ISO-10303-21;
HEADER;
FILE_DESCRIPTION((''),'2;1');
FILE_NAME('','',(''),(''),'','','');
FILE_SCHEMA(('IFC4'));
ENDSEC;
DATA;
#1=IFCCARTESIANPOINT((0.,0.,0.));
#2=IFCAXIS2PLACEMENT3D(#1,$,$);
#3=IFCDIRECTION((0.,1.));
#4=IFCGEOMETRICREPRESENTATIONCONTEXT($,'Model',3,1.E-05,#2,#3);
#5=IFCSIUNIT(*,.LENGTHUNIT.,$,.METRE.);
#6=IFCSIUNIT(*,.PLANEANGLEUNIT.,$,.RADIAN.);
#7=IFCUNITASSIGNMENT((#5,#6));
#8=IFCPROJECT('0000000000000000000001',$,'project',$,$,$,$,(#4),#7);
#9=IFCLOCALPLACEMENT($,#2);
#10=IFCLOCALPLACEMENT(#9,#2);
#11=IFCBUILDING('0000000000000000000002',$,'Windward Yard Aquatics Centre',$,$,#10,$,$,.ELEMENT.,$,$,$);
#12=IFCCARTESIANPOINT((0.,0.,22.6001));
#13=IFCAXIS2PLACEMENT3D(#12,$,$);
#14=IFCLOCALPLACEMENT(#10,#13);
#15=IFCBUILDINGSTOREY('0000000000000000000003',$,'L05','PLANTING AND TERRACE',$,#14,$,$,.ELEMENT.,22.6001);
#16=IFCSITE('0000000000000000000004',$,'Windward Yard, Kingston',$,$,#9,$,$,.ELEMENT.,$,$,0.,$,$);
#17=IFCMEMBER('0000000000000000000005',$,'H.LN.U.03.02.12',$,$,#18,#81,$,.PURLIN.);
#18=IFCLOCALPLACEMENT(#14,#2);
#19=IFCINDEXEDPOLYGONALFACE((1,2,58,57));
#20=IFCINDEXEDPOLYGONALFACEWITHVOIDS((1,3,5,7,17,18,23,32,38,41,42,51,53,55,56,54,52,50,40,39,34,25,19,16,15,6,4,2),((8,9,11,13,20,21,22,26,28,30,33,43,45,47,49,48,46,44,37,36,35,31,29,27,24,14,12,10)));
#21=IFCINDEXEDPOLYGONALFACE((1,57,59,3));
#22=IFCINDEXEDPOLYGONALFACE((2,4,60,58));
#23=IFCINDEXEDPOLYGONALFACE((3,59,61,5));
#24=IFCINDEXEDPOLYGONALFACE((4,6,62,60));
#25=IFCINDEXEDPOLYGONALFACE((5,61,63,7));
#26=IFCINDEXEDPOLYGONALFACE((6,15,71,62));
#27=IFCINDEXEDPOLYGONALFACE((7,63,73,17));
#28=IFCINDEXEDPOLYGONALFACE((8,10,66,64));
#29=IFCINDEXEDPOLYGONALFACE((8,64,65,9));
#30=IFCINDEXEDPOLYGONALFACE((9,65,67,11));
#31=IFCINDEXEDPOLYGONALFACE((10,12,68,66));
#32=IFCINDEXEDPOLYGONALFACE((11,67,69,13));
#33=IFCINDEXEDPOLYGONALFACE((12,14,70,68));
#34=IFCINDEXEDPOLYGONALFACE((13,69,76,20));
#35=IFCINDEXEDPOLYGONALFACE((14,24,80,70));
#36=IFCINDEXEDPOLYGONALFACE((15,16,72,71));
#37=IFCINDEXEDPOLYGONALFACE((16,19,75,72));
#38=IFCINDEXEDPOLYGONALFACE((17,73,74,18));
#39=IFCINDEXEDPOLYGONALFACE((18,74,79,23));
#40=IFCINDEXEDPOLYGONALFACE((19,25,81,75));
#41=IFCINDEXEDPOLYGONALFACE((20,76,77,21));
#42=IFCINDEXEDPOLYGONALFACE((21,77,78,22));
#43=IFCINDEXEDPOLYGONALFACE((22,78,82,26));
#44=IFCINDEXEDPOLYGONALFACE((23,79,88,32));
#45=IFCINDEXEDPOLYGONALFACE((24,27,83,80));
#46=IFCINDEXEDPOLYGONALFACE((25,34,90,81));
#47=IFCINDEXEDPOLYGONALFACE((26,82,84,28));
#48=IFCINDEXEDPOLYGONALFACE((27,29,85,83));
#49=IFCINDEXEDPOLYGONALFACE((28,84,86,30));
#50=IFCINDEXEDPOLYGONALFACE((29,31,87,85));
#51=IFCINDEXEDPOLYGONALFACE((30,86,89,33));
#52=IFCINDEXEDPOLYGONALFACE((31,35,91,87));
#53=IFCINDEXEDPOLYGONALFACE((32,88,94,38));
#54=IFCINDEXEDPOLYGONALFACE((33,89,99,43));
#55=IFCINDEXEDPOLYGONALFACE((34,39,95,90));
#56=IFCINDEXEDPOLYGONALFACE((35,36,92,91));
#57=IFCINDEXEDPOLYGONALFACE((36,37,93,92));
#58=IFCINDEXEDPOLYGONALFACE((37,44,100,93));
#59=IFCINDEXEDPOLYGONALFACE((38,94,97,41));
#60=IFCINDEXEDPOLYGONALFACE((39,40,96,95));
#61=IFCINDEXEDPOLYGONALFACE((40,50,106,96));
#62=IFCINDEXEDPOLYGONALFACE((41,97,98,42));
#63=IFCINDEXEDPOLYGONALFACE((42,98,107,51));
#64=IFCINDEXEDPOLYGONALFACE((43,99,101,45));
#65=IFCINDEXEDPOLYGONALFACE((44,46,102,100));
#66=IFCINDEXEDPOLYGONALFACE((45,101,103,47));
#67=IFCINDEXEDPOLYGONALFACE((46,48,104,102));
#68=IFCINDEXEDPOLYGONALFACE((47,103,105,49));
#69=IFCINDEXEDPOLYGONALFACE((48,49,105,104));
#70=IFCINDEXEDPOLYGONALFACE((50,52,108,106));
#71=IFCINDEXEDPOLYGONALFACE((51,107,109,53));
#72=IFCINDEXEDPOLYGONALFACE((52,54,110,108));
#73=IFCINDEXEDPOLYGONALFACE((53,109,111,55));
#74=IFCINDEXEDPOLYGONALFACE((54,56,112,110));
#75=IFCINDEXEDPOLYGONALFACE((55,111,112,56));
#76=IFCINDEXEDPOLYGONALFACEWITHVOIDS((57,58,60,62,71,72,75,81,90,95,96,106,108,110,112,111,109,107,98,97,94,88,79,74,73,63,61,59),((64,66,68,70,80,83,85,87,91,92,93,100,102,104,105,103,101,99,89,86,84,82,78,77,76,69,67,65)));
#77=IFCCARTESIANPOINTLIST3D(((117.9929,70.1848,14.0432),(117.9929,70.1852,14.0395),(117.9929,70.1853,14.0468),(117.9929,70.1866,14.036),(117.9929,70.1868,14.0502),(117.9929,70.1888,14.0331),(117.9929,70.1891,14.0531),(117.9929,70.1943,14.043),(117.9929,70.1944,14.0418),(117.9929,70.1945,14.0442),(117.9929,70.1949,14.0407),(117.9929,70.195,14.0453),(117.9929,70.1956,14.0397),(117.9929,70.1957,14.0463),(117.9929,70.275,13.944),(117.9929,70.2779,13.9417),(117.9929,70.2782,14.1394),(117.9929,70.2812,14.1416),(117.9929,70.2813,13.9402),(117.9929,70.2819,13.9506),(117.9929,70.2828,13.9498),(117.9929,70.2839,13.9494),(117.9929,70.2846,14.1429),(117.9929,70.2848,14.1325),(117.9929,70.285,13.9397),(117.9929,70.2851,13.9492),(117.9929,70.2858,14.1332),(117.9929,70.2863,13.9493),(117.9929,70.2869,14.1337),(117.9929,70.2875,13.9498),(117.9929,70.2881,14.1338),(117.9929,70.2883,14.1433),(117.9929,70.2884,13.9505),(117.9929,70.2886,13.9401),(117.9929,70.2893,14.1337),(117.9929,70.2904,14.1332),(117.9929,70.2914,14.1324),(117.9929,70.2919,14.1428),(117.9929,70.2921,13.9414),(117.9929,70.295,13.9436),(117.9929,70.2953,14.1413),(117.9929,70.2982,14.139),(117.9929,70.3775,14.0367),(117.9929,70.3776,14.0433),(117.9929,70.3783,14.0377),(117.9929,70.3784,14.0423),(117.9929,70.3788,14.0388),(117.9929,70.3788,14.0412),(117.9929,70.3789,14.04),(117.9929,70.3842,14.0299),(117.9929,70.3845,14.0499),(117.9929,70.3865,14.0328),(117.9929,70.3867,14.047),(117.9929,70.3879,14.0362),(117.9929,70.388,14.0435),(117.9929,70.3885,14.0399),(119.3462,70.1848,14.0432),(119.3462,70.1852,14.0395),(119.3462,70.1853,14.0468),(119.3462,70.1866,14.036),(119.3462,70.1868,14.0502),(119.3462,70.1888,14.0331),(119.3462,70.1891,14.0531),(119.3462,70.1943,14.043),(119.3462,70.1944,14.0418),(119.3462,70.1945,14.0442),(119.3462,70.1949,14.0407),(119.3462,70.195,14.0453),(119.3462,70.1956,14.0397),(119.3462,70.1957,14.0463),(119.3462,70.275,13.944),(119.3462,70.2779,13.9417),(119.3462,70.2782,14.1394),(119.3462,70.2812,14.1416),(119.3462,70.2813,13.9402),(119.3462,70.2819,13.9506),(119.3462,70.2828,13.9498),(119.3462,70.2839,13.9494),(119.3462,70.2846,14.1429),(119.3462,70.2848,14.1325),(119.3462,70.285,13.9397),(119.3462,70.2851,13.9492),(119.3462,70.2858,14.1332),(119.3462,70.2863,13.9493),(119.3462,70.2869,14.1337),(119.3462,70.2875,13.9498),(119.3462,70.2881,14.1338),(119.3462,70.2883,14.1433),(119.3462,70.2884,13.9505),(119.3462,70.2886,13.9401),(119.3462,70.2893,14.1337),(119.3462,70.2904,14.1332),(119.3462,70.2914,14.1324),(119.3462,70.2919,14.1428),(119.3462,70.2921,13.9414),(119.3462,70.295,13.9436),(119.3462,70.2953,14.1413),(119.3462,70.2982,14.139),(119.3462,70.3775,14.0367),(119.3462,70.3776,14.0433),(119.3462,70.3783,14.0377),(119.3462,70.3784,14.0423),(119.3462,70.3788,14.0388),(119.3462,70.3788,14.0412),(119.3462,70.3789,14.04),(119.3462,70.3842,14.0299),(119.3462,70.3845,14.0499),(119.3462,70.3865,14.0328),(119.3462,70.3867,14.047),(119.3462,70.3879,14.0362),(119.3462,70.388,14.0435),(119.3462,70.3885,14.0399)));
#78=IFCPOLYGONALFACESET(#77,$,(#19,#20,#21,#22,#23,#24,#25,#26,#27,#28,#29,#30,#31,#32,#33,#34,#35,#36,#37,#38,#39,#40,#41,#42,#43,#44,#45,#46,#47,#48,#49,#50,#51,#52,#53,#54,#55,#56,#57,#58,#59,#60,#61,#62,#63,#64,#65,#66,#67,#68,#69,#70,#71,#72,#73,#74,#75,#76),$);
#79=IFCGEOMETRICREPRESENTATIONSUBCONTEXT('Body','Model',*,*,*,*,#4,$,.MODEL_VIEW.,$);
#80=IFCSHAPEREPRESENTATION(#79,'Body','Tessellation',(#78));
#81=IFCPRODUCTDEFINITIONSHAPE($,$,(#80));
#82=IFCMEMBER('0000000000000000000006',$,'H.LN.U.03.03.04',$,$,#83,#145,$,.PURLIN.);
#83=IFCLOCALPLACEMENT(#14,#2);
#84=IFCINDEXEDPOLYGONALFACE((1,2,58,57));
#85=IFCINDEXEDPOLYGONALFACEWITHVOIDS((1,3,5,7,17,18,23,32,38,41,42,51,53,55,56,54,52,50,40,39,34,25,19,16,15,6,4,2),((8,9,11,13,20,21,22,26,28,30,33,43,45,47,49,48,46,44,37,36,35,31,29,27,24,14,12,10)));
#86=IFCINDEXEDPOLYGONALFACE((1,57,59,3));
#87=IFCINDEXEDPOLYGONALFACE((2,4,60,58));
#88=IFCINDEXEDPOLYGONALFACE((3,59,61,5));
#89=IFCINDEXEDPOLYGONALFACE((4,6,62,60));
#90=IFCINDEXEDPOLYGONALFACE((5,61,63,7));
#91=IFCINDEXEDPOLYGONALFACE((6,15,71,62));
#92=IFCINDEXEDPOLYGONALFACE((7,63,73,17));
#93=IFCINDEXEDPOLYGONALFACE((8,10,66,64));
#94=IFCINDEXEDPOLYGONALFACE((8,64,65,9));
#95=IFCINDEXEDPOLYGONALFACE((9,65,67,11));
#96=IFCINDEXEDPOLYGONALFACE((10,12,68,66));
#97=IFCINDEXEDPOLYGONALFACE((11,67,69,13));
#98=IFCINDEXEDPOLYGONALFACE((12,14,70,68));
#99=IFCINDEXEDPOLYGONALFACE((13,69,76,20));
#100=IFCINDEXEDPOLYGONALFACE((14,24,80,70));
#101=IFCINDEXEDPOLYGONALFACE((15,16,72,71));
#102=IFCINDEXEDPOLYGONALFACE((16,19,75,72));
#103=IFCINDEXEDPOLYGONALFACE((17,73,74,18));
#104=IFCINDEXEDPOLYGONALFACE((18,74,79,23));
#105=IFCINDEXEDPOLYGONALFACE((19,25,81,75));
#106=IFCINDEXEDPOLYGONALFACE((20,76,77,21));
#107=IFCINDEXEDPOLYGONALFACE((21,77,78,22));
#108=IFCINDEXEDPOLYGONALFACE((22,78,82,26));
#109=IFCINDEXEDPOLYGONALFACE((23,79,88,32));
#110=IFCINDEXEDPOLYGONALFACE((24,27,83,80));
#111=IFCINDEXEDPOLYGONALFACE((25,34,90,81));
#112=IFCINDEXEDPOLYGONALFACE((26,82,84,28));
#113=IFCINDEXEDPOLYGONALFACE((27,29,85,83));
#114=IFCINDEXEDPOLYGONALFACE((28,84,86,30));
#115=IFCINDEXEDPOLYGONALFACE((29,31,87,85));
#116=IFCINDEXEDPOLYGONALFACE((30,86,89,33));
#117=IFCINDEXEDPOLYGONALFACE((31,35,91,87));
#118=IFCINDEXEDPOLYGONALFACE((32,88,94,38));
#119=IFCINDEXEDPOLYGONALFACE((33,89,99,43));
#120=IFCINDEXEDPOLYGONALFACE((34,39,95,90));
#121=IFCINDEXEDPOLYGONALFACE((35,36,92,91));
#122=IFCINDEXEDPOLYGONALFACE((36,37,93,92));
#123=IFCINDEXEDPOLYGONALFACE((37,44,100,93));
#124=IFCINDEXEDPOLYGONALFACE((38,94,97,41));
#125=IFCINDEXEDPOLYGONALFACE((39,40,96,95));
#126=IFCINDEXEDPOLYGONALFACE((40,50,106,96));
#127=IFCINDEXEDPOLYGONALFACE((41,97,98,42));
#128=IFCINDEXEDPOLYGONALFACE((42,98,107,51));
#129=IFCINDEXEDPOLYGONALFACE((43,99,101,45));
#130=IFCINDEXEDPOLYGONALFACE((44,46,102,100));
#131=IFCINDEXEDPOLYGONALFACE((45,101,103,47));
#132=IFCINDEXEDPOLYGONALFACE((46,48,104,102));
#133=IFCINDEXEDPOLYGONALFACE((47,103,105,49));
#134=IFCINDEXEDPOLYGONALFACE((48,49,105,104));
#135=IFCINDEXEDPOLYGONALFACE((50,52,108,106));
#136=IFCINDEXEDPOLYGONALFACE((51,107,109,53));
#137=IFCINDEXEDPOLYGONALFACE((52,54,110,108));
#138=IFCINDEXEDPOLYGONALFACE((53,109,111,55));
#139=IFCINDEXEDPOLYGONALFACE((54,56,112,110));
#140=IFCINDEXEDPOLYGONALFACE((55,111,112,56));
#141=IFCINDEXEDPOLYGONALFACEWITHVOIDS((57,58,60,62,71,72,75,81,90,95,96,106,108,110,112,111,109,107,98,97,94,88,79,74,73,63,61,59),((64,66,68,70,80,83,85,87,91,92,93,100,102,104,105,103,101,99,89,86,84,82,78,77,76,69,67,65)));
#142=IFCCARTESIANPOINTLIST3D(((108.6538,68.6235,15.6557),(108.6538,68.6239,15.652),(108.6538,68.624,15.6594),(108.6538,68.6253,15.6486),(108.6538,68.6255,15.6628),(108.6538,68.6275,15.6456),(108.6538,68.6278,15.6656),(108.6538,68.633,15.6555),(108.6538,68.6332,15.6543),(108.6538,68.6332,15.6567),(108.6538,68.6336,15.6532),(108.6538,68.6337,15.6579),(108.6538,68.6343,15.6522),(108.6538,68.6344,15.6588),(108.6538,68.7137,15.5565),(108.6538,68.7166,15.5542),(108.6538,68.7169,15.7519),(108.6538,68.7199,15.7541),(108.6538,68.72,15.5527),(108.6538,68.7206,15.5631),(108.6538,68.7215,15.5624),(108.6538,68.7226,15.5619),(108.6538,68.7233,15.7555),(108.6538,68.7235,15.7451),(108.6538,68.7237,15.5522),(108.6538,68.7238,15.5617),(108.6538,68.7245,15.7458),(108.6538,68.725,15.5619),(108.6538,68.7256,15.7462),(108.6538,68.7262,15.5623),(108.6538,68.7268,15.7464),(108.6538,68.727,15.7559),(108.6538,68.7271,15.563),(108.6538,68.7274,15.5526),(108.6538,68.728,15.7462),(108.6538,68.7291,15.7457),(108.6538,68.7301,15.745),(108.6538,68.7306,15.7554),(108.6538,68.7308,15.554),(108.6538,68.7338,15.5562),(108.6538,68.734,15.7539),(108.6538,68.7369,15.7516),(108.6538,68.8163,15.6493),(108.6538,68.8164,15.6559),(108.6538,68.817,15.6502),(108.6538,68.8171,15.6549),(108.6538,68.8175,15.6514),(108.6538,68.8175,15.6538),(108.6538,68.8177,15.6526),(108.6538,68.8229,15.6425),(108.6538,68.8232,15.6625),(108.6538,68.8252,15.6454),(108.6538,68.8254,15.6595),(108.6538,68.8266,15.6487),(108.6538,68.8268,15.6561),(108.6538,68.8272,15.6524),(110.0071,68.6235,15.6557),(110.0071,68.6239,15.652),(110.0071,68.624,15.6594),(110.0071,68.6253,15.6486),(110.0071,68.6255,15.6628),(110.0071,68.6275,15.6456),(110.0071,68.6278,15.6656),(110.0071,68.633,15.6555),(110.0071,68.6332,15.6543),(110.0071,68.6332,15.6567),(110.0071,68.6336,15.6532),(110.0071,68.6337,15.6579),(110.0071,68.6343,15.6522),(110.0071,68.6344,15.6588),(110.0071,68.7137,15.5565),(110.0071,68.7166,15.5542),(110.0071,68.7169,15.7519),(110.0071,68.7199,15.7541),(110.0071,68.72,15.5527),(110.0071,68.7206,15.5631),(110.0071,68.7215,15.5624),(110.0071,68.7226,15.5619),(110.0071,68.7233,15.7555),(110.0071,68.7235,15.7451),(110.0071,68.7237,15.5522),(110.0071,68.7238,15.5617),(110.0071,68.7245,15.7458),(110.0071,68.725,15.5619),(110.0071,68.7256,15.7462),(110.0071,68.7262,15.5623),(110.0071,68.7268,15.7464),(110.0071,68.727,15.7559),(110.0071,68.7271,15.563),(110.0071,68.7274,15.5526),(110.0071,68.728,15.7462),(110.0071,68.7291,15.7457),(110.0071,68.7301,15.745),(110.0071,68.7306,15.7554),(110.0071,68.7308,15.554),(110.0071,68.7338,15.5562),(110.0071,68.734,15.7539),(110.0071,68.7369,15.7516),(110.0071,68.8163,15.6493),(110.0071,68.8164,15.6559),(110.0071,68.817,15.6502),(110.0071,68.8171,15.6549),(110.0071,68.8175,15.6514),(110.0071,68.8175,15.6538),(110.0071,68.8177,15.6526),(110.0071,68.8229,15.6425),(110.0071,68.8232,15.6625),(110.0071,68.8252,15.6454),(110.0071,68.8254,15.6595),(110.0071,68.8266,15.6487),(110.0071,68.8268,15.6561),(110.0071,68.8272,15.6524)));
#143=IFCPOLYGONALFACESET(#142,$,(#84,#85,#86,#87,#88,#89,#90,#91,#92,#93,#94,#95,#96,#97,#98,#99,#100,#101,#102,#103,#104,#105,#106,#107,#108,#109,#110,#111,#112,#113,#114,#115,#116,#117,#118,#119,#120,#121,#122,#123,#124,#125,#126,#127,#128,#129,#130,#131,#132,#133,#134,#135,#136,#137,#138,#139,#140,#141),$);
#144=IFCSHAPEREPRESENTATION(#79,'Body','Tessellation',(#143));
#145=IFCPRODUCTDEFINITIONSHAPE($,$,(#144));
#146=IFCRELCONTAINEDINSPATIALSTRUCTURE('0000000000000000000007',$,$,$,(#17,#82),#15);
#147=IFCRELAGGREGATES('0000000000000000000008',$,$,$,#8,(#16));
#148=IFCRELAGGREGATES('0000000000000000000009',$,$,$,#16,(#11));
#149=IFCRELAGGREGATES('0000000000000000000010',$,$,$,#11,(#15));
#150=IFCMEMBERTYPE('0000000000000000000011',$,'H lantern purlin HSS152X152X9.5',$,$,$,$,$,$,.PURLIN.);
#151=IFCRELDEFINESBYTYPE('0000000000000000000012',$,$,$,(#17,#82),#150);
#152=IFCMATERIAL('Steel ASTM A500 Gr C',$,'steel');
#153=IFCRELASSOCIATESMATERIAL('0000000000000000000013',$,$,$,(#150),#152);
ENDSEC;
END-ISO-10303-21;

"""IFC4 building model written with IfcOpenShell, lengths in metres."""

from ifc_helpers import new_model, si_unit, direction, frame, origin, origin_2d, place, context, subcontext, project, spatial, hollow_rectangle, extrude, material, material_profile, profile_set, type_object, element, save


model = new_model("IFC4")

# Units and contexts
model_context = context("Model", 3, precision=1e-05, world=origin(), true_north=direction((0.0, 1.0)))
body_context = subcontext(model_context, "Body", "Model", "MODEL_VIEW")
ifc_project = project(units=[si_unit("LENGTHUNIT", "METRE"), si_unit("PLANEANGLEUNIT", "RADIAN")], contexts=[model_context])

# Site, building, storey
site_placement = place(None, origin())
site = spatial("IfcSite", under=ifc_project, at=site_placement, Name="Windward Yard, Kingston", CompositionType="ELEMENT", RefElevation=0.0)
building_placement = place(site_placement, origin())
building = spatial("IfcBuilding", under=site, at=building_placement, Name="Windward Yard Aquatics Centre", CompositionType="ELEMENT")
storey_placement = place(building_placement, frame((0.0, 0.0, 22.6001)))
storey = spatial("IfcBuildingStorey", under=building, at=storey_placement, Name="L05", Description="PLANTING AND TERRACE", CompositionType="ELEMENT", Elevation=22.6001)

# Members
ifc_material_1 = material(Name="Steel ASTM A500 Gr C", Category="steel")
ifc_material_profile = material_profile(ifc_material_1, hollow_rectangle(XDim=0.1523, YDim=0.1523, WallThickness=0.0095, InnerFilletRadius=0.0046, OuterFilletRadius=0.0142, at=origin_2d()), Name="HSS152X152X9.5")
ifc_profile_set = profile_set([ifc_material_profile], Name="Steel ASTM A500 Gr C")
member_type = type_object("IfcMemberType", Name="H lantern purlin HSS152X152X9.5", PredefinedType="PURLIN", material=ifc_profile_set)
for number, where, z_axis, x_axis, name in (
    (1, (117.9929, 70.2866, 14.0415), (1.0, 0.0, 0.0), (0.0, 0.69555, -0.718477), "H.LN.U.03.02.12"),
    (2, (108.6538, 68.7253, 15.6541), (1.0, 0.0, 0.0), (0.0, 0.69555, -0.718477), "H.LN.U.03.03.04"),
):
    element("IfcMember", number, at=place(storey_placement, frame(where, z_axis=z_axis, x_axis=x_axis)), inside=storey, type_object=member_type, Name=name, PredefinedType="PURLIN", context=body_context, shape_type="SweptSolid", body=[
        extrude(hollow_rectangle(XDim=0.1523, YDim=0.1523, WallThickness=0.0095, InnerFilletRadius=0.0046, OuterFilletRadius=0.0142, at=origin_2d()), origin(), (0.0, 0.0, 1.0), 1.3533),
    ])

save(model, "model.ifc")
